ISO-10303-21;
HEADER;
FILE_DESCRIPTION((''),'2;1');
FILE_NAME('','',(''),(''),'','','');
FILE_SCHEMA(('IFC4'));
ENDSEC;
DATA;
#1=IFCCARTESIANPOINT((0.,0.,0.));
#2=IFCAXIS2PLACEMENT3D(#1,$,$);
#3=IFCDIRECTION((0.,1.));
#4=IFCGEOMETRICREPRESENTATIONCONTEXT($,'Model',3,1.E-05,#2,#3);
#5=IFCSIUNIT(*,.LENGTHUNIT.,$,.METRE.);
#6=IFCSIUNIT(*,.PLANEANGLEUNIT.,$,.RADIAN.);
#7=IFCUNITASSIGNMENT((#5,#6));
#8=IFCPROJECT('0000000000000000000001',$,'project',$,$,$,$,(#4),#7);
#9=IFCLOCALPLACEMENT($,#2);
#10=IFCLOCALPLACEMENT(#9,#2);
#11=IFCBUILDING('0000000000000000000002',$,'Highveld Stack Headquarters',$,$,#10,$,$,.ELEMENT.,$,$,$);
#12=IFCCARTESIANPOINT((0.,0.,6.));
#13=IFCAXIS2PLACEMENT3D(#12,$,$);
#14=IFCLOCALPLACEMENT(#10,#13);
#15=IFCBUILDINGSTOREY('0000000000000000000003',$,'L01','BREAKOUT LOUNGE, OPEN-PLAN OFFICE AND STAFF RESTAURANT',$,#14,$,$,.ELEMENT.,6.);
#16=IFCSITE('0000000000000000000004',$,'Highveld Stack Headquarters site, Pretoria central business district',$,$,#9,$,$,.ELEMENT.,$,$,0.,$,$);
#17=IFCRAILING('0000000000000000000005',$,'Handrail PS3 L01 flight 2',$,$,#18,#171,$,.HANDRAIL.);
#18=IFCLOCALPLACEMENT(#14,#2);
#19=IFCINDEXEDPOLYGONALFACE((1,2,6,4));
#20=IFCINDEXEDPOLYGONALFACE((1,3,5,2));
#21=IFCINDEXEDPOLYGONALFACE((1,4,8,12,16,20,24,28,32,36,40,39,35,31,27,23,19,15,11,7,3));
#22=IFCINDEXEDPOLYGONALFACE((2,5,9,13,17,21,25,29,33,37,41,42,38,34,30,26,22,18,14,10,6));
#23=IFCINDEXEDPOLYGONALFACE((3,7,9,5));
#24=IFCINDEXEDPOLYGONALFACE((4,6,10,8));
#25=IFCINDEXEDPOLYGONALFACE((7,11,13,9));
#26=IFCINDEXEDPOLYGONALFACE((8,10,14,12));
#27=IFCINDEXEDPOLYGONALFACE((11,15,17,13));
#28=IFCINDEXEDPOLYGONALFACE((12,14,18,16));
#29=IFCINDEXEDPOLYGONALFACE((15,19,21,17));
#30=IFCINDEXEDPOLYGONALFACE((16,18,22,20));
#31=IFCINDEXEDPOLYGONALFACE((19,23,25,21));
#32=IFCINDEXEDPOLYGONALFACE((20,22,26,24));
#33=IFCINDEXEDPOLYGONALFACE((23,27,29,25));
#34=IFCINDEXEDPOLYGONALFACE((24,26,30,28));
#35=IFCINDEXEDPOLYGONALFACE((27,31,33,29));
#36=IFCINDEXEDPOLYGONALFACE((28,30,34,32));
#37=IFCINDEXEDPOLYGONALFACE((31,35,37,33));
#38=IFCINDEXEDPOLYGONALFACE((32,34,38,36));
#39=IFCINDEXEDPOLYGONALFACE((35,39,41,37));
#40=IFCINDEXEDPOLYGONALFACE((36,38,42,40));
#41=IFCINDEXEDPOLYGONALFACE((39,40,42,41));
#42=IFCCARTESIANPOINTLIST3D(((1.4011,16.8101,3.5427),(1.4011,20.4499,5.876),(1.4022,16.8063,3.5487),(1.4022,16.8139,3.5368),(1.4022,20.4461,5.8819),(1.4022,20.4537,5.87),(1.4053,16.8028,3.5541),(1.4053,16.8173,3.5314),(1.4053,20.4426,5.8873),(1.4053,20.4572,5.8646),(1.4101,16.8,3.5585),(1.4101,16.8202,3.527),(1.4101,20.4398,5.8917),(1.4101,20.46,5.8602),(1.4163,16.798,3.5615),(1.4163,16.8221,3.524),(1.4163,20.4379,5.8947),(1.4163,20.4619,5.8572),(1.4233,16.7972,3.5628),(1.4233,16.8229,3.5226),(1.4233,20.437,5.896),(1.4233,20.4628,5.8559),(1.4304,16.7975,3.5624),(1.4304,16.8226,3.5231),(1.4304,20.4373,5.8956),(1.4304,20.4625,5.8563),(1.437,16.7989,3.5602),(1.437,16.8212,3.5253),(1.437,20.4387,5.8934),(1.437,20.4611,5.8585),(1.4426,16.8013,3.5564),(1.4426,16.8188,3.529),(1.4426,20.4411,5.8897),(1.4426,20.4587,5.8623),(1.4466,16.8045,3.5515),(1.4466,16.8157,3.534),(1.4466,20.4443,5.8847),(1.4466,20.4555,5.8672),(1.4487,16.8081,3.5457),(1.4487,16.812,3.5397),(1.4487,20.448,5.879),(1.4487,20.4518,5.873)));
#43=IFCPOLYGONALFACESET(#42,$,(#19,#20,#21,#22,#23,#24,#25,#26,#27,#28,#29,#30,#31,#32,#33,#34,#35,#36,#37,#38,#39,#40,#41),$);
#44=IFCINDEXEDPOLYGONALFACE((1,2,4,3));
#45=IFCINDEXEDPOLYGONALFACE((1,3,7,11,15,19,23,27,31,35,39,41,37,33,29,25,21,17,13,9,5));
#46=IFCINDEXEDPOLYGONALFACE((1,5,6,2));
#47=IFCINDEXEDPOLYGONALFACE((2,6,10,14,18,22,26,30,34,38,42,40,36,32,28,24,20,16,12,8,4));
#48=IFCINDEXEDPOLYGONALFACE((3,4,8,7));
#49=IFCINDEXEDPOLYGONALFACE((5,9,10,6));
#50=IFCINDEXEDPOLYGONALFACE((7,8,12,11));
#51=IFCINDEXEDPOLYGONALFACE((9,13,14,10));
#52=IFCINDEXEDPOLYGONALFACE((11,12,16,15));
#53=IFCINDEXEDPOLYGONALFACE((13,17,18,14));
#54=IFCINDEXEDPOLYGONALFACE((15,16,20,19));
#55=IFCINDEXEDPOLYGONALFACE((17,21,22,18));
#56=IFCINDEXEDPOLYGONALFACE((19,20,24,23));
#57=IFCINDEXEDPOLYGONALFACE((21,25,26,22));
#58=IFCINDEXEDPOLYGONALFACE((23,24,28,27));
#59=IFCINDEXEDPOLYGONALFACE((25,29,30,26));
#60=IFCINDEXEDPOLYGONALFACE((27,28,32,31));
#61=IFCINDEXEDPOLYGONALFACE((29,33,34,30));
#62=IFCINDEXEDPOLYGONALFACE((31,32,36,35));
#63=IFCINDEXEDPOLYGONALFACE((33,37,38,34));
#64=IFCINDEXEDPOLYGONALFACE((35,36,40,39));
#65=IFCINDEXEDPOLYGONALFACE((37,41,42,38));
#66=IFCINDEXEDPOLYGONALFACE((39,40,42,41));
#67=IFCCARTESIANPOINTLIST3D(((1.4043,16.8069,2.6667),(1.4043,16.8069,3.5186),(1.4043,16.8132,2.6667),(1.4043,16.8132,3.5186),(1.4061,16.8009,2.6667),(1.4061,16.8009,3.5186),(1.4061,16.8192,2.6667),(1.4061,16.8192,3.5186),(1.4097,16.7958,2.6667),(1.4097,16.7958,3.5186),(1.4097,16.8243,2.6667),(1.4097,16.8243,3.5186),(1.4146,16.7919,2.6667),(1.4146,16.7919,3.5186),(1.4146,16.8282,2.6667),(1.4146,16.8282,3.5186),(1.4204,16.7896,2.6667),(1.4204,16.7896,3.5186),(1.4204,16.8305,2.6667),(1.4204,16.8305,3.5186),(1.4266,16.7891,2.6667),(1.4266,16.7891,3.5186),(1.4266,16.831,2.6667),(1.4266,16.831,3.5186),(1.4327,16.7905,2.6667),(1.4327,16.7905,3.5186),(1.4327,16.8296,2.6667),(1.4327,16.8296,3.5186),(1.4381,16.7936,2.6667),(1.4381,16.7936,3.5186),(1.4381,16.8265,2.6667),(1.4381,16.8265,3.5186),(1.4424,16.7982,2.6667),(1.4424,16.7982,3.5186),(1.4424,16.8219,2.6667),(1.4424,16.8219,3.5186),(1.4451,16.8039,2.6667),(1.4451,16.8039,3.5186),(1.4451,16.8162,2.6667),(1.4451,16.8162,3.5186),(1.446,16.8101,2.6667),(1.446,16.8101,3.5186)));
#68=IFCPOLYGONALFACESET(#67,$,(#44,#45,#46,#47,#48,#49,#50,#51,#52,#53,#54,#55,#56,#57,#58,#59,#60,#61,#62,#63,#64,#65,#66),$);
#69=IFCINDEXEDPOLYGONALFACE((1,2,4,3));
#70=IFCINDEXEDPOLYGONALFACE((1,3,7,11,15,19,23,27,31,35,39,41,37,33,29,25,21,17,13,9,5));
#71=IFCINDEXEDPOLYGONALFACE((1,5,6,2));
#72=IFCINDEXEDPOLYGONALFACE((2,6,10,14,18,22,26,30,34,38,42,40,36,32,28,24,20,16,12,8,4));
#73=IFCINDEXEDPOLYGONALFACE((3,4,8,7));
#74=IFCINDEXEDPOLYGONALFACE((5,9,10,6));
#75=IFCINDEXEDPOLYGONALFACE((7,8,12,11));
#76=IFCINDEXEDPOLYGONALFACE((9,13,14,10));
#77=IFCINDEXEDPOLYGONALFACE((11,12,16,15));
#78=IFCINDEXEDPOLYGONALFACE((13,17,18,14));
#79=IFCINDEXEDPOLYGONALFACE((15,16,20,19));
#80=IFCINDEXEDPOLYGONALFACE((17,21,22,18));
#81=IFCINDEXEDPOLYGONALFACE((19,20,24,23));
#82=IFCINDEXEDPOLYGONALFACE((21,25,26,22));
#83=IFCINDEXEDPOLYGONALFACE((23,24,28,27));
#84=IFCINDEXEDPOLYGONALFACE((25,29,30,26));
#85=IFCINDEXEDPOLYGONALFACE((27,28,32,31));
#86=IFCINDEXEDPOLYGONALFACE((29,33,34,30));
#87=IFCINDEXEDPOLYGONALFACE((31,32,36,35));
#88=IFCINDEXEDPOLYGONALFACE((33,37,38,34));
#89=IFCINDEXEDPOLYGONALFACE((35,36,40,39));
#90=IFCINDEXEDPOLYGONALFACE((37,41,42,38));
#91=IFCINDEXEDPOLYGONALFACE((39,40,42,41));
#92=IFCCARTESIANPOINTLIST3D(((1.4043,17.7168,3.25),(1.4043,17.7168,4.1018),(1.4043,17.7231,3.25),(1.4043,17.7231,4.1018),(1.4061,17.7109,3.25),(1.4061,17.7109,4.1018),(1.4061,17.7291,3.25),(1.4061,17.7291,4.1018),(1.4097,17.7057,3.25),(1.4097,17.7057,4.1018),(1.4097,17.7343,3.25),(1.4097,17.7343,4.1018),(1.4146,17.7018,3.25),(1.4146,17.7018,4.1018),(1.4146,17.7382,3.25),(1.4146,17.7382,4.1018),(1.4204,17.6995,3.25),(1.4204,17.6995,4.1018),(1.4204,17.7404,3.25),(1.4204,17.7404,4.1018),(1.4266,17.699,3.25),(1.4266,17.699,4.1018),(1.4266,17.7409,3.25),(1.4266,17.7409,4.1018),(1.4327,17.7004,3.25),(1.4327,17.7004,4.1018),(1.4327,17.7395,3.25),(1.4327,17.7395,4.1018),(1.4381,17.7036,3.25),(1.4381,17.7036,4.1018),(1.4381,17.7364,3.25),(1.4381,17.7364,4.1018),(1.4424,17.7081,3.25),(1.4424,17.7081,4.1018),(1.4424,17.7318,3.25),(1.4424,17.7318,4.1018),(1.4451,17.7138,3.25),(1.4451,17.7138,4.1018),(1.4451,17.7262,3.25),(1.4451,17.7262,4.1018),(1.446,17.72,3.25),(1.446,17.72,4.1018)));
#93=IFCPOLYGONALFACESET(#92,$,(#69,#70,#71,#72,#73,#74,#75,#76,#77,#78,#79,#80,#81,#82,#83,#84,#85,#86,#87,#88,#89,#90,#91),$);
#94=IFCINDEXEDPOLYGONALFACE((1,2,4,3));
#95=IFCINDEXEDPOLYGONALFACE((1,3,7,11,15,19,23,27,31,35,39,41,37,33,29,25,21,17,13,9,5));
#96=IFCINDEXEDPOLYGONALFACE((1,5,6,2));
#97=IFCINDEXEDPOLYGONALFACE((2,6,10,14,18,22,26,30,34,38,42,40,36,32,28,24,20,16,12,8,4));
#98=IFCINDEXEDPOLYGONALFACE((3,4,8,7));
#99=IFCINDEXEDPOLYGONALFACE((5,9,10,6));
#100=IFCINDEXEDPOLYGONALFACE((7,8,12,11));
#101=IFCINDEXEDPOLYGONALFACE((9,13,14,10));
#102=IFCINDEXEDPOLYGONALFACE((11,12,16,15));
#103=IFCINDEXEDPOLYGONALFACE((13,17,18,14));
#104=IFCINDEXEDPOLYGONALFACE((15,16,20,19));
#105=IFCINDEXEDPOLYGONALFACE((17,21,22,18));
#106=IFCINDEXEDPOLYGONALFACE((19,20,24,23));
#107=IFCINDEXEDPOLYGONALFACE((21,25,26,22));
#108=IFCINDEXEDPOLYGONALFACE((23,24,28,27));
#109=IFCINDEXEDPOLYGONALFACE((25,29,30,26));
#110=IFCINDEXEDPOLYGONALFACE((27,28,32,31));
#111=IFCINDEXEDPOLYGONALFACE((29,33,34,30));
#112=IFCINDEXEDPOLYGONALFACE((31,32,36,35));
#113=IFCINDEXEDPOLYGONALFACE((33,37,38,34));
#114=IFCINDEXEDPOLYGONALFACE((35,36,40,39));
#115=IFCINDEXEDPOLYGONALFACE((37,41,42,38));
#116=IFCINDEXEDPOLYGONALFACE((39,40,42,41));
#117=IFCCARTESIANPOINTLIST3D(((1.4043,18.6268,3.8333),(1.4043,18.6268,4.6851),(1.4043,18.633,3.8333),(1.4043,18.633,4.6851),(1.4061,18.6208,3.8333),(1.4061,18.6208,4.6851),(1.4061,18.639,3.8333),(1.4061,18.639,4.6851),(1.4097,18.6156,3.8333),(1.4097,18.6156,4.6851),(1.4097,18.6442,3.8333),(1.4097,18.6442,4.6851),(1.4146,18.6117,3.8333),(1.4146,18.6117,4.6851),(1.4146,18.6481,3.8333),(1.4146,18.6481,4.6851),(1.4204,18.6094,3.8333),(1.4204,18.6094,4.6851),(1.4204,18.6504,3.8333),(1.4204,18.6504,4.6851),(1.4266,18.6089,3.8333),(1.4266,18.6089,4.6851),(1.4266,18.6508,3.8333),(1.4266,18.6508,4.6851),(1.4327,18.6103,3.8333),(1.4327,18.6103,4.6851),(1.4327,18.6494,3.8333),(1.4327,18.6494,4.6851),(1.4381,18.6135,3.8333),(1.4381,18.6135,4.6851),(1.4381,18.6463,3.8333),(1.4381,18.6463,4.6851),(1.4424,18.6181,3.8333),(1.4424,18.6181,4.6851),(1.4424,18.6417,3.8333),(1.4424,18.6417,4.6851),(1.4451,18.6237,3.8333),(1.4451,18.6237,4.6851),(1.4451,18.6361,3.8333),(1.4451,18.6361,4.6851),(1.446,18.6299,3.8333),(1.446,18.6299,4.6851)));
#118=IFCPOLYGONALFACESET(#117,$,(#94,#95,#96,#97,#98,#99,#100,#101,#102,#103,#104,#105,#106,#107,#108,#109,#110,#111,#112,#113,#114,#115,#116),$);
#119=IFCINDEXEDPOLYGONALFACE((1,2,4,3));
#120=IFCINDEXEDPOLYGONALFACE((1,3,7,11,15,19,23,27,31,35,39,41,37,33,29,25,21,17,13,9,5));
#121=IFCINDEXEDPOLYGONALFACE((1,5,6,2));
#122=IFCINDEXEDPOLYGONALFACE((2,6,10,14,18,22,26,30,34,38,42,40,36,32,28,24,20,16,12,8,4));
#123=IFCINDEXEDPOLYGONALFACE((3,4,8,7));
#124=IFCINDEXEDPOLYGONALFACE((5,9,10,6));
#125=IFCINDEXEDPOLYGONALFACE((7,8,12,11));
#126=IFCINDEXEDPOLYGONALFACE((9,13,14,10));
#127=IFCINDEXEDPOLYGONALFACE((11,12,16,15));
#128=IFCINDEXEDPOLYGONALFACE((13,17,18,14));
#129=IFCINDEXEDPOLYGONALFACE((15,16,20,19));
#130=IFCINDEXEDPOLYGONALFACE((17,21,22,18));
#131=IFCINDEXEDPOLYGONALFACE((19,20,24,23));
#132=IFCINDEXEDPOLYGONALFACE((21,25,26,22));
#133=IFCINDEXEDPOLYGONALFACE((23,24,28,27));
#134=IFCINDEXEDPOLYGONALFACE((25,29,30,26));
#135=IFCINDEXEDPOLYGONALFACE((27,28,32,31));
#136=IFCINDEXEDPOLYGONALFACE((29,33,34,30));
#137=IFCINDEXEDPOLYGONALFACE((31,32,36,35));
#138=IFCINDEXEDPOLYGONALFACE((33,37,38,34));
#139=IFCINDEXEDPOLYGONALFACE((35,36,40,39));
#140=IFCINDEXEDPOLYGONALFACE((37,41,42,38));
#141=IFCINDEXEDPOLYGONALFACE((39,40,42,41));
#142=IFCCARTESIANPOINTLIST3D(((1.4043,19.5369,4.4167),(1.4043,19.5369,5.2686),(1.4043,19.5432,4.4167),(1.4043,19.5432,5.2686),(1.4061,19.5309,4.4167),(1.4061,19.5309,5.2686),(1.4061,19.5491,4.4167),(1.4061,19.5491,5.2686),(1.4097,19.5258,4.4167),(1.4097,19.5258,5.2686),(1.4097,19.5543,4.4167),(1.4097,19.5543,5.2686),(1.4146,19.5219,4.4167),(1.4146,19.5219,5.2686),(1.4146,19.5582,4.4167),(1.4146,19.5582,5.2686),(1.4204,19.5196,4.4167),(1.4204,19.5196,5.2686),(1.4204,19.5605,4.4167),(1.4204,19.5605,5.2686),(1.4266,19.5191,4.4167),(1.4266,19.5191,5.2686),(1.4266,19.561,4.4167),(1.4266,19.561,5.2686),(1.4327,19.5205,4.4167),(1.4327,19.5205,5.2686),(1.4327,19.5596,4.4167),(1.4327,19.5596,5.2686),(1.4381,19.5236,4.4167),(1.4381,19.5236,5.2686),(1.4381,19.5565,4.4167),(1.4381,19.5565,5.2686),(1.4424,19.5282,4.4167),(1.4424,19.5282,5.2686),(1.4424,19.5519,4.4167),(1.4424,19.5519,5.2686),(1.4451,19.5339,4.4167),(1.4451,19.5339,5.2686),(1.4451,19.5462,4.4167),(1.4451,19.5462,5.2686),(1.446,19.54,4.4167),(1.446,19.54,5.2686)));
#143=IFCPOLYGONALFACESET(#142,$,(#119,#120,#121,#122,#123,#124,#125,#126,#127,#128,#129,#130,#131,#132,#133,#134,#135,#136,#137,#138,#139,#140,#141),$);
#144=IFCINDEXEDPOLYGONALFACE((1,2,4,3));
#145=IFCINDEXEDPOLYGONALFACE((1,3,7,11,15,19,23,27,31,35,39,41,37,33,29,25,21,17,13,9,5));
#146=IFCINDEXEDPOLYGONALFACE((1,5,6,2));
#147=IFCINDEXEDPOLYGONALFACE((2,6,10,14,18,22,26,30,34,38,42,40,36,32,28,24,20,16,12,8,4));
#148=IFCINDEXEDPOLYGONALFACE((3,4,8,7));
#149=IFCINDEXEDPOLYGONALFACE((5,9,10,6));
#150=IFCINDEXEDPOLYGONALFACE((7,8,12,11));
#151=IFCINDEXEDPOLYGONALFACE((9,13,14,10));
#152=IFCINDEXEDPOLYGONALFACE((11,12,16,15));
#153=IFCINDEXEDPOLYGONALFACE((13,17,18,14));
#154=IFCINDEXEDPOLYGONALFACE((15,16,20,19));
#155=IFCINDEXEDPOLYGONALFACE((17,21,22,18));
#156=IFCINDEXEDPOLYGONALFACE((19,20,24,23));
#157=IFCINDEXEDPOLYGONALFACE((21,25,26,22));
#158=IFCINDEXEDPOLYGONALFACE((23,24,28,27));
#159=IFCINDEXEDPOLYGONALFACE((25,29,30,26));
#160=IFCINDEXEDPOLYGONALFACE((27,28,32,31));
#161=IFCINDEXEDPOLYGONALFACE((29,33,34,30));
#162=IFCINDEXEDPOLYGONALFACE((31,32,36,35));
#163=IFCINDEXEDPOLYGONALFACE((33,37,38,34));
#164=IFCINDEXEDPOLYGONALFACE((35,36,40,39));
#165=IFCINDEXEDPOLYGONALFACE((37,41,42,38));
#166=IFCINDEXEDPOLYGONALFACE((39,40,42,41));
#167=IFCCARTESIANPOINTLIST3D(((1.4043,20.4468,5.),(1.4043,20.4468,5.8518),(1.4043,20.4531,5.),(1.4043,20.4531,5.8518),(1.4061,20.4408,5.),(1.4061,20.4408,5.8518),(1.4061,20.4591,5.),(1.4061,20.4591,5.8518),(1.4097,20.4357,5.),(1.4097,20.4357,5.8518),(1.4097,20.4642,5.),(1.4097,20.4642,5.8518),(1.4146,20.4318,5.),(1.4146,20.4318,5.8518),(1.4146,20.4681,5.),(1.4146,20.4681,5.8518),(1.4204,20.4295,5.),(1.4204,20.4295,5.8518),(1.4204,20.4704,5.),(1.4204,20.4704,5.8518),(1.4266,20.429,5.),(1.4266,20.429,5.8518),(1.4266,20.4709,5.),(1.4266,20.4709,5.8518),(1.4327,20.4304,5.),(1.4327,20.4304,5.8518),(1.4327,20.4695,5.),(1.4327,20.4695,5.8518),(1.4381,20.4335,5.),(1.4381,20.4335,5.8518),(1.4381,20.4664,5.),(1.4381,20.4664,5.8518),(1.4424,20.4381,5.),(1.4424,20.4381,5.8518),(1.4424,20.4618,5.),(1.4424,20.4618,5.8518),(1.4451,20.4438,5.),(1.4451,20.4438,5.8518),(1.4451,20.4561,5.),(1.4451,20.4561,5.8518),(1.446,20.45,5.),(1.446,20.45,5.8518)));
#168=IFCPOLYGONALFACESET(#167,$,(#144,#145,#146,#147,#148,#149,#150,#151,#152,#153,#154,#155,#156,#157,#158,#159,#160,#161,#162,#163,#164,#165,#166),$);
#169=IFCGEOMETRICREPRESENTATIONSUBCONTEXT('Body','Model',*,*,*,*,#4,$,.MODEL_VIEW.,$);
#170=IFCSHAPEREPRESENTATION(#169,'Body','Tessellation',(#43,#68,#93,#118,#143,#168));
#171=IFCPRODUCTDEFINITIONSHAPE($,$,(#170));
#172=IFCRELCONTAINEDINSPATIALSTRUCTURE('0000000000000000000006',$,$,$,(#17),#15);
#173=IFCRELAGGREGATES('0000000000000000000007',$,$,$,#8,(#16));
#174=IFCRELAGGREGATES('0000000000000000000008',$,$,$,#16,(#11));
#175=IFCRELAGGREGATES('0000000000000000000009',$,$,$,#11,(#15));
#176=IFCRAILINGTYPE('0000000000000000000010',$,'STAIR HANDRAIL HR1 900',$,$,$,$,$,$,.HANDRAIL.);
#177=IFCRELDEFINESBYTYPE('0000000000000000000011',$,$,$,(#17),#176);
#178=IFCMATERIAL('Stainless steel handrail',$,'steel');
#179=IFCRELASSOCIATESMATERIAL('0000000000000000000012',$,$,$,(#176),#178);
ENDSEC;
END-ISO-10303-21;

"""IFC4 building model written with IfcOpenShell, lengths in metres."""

from ifc_helpers import new_model, si_unit, direction, frame, origin, origin_2d, place, context, subcontext, project, spatial, circle, extrude, material, type_object, element, save


model = new_model("IFC4")

# Units and contexts
model_context = context("Model", 3, precision=1e-05, world=origin(), true_north=direction((0.0, 1.0)))
body_context = subcontext(model_context, "Body", "Model", "MODEL_VIEW")
ifc_project = project(units=[si_unit("LENGTHUNIT", "METRE"), si_unit("PLANEANGLEUNIT", "RADIAN")], contexts=[model_context])

# Site, building, storey
site_placement = place(None, origin())
site = spatial("IfcSite", under=ifc_project, at=site_placement, Name="Highveld Stack Headquarters site, Pretoria central business district", CompositionType="ELEMENT", RefElevation=0.0)
building_placement = place(site_placement, origin())
building = spatial("IfcBuilding", under=site, at=building_placement, Name="Highveld Stack Headquarters", CompositionType="ELEMENT")
storey_placement = place(building_placement, frame((0.0, 0.0, 6.0)))
storey = spatial("IfcBuildingStorey", under=building, at=storey_placement, Name="L01", Description="BREAKOUT LOUNGE, OPEN-PLAN OFFICE AND STAFF RESTAURANT", CompositionType="ELEMENT", Elevation=6.0)

# Railing
ifc_material_1 = material(Name="Stainless steel handrail", Category="steel")
railing_type = type_object("IfcRailingType", Name="STAIR HANDRAIL HR1 900", PredefinedType="HANDRAIL", material=ifc_material_1)
for number, where, name in (
    (1, (1.425, 16.8101, 2.6667), "Handrail PS3 L01 flight 2"),
):
    element("IfcRailing", number, at=place(storey_placement, frame(where)), inside=storey, type_object=railing_type, Name=name, PredefinedType="HANDRAIL", context=body_context, shape_type="SweptSolid", body=[
        extrude(circle(Radius=0.0239, at=origin_2d()), frame((0.0, 0.0, 0.876), z_axis=(0.0, 0.84188, 0.539664), x_axis=(-1.0, 0.0, 0.0)), (0.0, 0.0, 1.0), 4.3235),
        extrude(circle(Radius=0.021, at=origin_2d()), origin(), (0.0, 0.0, 1.0), 0.8518),
        extrude(circle(Radius=0.021, at=origin_2d()), frame((0.0, 0.9099, 0.5833)), (0.0, 0.0, 1.0), 0.8518),
        extrude(circle(Radius=0.021, at=origin_2d()), frame((0.0, 1.8198, 1.1665)), (0.0, 0.0, 1.0), 0.8518),
        extrude(circle(Radius=0.021, at=origin_2d()), frame((0.0, 2.73, 1.75)), (0.0, 0.0, 1.0), 0.8518),
        extrude(circle(Radius=0.021, at=origin_2d()), frame((0.0, 3.6399, 2.3333)), (0.0, 0.0, 1.0), 0.8518),
    ])

save(model, "model.ifc")
